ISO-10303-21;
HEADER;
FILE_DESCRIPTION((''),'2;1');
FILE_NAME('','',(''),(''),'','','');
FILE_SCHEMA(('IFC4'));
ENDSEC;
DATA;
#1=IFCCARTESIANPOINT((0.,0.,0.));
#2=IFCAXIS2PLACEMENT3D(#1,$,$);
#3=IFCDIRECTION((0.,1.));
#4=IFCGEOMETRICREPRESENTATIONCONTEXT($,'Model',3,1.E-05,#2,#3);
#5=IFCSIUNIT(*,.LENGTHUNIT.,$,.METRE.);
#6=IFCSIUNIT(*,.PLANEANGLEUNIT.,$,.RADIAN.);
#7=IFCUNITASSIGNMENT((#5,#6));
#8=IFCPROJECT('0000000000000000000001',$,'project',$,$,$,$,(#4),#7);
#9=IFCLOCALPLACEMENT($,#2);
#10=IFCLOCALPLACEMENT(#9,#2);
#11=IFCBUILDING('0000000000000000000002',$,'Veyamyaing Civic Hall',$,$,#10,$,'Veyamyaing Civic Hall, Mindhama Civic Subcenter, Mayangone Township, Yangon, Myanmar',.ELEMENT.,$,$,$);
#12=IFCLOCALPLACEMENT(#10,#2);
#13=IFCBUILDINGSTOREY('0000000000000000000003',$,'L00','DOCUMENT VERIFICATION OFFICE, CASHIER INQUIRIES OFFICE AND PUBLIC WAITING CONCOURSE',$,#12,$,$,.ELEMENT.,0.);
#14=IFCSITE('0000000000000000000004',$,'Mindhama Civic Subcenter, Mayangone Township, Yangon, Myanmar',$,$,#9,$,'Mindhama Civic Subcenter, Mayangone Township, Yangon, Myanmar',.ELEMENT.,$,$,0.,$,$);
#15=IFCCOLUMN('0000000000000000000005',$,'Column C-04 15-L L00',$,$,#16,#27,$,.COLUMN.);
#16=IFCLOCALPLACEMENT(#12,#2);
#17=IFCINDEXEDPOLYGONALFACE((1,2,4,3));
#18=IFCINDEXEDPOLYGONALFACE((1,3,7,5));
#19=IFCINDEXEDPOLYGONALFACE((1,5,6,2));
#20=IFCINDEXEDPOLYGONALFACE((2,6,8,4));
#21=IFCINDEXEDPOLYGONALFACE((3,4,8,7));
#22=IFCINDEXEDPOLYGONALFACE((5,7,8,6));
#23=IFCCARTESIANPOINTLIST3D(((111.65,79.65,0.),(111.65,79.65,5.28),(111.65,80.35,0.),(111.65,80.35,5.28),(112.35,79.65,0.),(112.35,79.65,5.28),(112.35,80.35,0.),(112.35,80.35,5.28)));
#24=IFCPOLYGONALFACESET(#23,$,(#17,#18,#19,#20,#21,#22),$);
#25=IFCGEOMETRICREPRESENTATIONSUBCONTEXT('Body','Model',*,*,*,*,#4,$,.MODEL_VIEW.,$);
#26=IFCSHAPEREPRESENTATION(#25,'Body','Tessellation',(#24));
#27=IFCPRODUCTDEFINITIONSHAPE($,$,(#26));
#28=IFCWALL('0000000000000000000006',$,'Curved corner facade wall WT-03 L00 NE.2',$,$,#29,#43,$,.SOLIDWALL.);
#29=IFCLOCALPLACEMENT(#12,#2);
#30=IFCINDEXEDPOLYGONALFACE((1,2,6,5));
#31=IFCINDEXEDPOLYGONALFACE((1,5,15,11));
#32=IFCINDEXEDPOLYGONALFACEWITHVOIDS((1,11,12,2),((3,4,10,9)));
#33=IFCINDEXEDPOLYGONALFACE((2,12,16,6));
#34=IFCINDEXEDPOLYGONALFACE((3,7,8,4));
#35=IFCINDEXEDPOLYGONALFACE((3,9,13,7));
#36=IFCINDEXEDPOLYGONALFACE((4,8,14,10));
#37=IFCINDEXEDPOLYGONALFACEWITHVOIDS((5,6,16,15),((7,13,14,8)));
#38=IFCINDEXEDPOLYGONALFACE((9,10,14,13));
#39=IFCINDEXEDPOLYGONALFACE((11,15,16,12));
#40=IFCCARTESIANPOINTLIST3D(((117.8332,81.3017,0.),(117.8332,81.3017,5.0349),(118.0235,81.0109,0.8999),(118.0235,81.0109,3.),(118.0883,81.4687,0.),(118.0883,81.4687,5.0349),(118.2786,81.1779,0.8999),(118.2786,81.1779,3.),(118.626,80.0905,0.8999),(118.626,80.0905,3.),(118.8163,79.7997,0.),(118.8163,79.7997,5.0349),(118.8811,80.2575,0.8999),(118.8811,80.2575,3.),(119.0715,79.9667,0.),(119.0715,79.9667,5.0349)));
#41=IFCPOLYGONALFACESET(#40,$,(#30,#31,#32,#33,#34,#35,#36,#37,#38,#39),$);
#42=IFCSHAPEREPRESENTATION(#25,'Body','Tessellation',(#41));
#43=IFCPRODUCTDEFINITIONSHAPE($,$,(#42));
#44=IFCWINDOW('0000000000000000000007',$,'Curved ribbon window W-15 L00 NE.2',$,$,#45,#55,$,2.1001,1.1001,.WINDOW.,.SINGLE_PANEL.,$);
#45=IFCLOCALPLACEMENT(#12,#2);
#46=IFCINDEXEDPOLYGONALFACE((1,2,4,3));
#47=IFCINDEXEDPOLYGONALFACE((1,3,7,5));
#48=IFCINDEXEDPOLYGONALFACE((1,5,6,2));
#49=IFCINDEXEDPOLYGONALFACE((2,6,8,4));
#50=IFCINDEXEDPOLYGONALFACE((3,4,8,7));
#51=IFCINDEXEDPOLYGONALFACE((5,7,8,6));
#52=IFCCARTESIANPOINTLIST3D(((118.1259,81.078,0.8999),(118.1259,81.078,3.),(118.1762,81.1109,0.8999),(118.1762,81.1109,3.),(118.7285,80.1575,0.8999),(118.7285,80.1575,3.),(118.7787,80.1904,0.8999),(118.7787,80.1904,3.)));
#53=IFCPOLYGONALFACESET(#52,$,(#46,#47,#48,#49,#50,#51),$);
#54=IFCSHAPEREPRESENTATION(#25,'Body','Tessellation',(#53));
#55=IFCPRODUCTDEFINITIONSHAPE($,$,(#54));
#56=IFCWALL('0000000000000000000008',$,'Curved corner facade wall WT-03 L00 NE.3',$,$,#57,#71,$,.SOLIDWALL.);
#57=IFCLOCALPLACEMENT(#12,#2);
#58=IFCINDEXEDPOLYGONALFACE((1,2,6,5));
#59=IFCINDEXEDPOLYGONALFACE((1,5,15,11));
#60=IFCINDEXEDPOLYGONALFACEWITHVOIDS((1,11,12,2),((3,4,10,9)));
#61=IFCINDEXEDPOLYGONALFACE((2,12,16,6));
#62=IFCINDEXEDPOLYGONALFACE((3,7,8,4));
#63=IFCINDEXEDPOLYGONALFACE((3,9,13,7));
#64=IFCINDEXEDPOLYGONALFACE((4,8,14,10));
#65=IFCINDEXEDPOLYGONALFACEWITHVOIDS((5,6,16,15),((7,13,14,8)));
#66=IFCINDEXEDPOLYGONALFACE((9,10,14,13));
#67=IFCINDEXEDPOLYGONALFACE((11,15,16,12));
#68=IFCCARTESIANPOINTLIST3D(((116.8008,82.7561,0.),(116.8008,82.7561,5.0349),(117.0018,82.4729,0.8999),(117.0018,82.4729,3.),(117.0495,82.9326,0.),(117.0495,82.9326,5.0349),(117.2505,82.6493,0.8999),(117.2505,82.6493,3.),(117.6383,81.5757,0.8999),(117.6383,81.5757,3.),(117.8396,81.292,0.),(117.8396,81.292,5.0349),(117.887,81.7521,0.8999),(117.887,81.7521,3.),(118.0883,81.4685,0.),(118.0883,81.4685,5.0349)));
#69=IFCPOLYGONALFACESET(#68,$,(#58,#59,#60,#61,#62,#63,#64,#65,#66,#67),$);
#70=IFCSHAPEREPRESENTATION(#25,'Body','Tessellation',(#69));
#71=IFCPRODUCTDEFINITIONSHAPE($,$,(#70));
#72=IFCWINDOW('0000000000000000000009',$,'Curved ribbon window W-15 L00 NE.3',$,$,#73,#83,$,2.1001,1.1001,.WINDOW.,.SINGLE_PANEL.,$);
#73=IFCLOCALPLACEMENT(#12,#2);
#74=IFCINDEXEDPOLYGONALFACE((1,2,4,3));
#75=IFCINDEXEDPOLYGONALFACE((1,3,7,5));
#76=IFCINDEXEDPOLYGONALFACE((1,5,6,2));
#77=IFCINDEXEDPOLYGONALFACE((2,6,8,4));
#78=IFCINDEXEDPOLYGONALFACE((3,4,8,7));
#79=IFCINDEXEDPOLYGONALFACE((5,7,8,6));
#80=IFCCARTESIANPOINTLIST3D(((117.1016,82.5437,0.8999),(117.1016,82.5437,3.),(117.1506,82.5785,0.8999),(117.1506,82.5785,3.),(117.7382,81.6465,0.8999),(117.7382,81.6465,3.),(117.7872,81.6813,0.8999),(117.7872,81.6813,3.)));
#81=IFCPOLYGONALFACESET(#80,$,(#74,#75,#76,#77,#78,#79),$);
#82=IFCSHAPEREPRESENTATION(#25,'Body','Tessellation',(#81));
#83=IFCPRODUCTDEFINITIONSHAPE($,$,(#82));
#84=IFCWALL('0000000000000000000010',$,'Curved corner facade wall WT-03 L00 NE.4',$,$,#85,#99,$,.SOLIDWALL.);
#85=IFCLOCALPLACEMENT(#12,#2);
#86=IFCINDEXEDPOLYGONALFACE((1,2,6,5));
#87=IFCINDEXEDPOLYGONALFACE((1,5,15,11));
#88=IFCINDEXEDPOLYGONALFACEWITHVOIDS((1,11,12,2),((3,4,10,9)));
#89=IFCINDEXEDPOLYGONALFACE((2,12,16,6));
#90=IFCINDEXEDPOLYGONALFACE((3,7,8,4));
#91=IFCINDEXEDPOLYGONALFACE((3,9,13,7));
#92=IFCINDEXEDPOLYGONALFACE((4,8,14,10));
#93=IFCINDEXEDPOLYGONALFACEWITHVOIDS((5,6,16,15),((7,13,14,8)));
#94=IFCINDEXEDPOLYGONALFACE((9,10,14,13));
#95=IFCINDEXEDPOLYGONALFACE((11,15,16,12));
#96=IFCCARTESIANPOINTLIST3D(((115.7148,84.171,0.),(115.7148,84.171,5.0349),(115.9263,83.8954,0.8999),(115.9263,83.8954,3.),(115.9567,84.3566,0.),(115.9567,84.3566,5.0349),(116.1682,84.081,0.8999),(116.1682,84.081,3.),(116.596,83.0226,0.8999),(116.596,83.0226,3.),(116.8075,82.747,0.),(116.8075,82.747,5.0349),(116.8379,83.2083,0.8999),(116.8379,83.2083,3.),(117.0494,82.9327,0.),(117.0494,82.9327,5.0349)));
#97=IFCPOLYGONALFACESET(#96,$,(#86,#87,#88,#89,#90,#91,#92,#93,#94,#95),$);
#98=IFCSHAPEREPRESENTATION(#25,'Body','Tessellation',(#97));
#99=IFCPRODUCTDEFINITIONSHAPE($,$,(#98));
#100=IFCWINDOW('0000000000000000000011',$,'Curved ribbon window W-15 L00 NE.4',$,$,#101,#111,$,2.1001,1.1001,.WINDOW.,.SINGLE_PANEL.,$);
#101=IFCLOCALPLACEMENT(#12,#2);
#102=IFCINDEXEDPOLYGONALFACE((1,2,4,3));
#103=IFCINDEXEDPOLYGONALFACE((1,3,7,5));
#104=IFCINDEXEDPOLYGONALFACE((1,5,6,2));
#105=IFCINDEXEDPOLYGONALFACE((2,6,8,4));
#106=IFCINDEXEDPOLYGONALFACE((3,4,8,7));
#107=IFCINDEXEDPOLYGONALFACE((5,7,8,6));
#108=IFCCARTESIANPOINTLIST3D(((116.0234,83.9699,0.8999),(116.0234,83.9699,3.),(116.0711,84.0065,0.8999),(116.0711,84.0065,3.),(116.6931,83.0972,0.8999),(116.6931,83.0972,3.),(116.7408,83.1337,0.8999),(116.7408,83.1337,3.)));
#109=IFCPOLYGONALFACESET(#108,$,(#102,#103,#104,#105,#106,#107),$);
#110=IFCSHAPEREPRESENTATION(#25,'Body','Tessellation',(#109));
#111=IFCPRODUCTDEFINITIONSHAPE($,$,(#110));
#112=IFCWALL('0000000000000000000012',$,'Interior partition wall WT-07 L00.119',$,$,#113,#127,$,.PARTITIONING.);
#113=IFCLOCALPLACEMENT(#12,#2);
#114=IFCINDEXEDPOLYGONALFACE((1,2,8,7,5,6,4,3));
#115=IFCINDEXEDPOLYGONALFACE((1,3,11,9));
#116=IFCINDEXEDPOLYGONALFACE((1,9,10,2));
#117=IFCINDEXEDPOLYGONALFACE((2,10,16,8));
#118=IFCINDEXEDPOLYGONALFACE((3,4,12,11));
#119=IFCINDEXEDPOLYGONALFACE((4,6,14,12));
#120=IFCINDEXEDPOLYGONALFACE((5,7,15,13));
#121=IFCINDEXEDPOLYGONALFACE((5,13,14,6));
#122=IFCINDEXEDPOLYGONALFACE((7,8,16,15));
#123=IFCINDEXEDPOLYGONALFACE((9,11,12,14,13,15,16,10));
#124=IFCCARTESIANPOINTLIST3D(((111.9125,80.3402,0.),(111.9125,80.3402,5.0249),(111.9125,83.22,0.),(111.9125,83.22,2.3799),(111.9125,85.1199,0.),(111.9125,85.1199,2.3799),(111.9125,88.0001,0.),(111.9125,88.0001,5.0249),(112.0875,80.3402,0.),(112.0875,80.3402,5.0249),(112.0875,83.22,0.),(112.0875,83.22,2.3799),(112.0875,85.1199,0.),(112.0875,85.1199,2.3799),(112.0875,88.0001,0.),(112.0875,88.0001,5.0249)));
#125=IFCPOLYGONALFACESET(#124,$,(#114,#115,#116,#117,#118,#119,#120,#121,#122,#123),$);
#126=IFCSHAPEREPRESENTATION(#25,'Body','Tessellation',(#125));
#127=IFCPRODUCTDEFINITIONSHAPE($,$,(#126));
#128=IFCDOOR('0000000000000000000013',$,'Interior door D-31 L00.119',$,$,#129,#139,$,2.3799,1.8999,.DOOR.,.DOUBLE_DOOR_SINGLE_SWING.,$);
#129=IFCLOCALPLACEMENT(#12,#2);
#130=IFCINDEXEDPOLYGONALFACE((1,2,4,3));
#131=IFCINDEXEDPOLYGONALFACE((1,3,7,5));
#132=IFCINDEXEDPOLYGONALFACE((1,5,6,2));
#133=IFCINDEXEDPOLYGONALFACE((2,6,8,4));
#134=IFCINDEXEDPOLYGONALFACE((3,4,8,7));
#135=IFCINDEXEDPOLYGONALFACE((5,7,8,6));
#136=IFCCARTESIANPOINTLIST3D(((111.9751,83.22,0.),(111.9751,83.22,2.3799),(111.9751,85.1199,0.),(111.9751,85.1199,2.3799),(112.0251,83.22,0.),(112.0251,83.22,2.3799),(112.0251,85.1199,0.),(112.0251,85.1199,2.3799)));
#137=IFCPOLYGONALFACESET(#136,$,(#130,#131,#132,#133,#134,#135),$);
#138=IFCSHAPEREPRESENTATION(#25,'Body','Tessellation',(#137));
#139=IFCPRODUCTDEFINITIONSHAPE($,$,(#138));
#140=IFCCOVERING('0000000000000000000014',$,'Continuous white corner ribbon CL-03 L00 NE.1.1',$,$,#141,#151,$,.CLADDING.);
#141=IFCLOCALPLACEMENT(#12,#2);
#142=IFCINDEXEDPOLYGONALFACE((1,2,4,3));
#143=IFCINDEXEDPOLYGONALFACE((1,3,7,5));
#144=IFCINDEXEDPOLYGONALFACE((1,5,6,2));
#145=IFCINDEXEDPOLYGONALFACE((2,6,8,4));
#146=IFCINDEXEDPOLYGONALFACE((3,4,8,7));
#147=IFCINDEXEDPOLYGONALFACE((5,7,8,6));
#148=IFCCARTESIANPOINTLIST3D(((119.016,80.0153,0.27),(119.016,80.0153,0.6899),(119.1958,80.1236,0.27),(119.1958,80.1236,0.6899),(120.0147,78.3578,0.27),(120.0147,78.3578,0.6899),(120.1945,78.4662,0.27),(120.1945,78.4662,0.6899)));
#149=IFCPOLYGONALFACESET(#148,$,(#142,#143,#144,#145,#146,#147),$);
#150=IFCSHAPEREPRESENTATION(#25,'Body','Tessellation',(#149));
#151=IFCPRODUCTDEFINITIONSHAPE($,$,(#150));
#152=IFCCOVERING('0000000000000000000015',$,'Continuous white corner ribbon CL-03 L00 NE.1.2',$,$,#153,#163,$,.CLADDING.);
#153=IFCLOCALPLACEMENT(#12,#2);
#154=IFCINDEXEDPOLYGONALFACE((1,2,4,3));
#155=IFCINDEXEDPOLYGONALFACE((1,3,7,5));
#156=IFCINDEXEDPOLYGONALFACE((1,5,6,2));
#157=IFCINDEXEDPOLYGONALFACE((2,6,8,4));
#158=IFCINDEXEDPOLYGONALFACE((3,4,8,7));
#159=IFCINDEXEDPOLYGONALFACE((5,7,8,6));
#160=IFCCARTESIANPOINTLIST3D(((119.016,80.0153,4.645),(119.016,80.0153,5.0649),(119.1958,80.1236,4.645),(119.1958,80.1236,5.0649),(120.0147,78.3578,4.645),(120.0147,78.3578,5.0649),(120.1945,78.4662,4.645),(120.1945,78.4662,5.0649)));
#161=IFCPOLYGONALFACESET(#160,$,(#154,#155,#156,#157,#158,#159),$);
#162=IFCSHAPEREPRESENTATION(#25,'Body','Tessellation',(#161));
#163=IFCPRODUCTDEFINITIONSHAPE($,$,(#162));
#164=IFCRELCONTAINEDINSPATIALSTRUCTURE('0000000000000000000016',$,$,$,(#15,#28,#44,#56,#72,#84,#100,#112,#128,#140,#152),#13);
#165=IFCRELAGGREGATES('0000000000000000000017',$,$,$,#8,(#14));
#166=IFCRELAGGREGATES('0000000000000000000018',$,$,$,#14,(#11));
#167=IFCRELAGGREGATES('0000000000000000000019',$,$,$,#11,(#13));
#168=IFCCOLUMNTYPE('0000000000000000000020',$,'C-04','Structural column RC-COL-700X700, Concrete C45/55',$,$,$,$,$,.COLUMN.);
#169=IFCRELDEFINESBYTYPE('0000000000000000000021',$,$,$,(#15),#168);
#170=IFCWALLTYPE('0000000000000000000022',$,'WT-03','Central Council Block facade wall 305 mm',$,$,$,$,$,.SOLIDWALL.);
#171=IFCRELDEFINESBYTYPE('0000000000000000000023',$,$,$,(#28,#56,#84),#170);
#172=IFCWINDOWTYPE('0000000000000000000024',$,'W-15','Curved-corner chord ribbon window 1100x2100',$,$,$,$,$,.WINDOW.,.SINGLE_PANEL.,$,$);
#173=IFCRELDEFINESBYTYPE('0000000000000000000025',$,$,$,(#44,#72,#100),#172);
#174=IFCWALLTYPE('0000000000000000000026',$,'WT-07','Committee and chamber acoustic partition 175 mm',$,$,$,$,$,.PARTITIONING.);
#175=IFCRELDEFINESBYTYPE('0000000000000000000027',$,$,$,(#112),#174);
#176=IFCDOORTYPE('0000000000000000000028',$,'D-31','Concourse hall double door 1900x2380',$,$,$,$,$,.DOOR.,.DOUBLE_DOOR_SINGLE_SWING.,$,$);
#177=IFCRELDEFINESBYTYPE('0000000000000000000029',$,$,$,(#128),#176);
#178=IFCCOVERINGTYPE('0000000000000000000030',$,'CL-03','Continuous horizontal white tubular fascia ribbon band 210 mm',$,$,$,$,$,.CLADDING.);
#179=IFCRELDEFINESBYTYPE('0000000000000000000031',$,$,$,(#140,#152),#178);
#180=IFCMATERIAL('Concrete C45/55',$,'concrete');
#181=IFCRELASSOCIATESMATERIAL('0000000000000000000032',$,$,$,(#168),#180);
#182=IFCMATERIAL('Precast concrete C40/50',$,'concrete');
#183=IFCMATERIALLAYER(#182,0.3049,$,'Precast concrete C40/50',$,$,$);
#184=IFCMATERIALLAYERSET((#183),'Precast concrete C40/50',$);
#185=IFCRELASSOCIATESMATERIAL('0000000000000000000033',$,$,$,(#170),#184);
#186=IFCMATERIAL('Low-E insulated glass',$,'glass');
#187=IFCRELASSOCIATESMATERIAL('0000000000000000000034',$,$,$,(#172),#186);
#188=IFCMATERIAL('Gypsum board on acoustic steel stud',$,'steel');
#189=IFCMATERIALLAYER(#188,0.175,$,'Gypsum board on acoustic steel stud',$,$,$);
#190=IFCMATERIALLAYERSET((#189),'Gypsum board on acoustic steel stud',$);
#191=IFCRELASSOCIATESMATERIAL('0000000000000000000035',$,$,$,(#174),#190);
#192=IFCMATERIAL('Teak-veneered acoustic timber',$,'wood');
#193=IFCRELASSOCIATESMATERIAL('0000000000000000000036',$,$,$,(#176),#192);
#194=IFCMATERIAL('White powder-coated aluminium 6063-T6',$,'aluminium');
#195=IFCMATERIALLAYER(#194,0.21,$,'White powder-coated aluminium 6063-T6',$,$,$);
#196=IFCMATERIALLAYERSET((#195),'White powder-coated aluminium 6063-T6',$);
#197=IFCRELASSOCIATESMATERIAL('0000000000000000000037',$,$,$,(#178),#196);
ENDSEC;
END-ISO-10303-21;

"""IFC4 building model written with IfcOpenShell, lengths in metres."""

from ifc_helpers import new_model, si_unit, direction, frame, frame_2d, origin, origin_2d, place, context, subcontext, project, spatial, rectangle, extrude, material, layer, layer_set, material_profile, profile_set, type_object, element, fill, save


model = new_model("IFC4")

# Units and contexts
model_context = context("Model", 3, precision=1e-05, world=origin(), true_north=direction((0.0, 1.0)))
body_context = subcontext(model_context, "Body", "Model", "MODEL_VIEW")
ifc_project = project(units=[si_unit("LENGTHUNIT", "METRE"), si_unit("PLANEANGLEUNIT", "RADIAN")], contexts=[model_context])

# Site, building, storey
site_placement = place(None, origin())
site = spatial("IfcSite", under=ifc_project, at=site_placement, Name="Mindhama Civic Subcenter, Mayangone Township, Yangon, Myanmar", LongName="Mindhama Civic Subcenter, Mayangone Township, Yangon, Myanmar", CompositionType="ELEMENT", RefElevation=0.0)
building_placement = place(site_placement, origin())
building = spatial("IfcBuilding", under=site, at=building_placement, Name="Veyamyaing Civic Hall", LongName="Veyamyaing Civic Hall, Mindhama Civic Subcenter, Mayangone Township, Yangon, Myanmar", CompositionType="ELEMENT")
storey_placement = place(building_placement, origin())
storey = spatial("IfcBuildingStorey", under=building, at=storey_placement, Name="L00", Description="DOCUMENT VERIFICATION OFFICE, CASHIER INQUIRIES OFFICE AND PUBLIC WAITING CONCOURSE", CompositionType="ELEMENT", Elevation=0.0)

# Column
ifc_material_1 = material(Name="Concrete C45/55", Category="concrete")
ifc_material_profile_1 = material_profile(ifc_material_1, rectangle(XDim=0.7, YDim=0.7, at=origin_2d()), Name="RC-COL-700X700")
ifc_profile_set_1 = profile_set([ifc_material_profile_1], Name="Concrete C45/55")
column_type = type_object("IfcColumnType", Name="C-04", Description="Structural column RC-COL-700X700, Concrete C45/55", PredefinedType="COLUMN", material=ifc_profile_set_1)
column_placement = place(storey_placement, frame((112.0, 80.0, 0.0), z_axis=(0.0, 0.0, 1.0), x_axis=(1.0, 0.0, 0.0)))
element("IfcColumn", 1, at=column_placement, inside=storey, type_object=column_type, Name="Column C-04 15-L L00", PredefinedType="COLUMN", context=body_context, shape_type="SweptSolid", body=[
    extrude(rectangle(XDim=0.7, YDim=0.7, at=origin_2d()), origin(), (0.0, 0.0, 1.0), 5.28),
])

# Walls, openings, windows
ifc_material_2 = material(Name="Precast concrete C40/50", Category="concrete")
ifc_layer_1 = layer(ifc_material_2, 0.3049, Name="Precast concrete C40/50")
ifc_layer_set_1 = layer_set([ifc_layer_1], Name="Precast concrete C40/50")
wall_type_1 = type_object("IfcWallType", Name="WT-03", Description="Central Council Block facade wall 305 mm", PredefinedType="SOLIDWALL", material=ifc_layer_set_1)
wall_1_placement = place(storey_placement, frame((118.9438, 79.8833, 0.0), z_axis=(0.0, 0.0, 1.0), x_axis=(-0.547682, 0.836687, 0.0)))
wall_1 = element("IfcWall", 2, at=wall_1_placement, inside=storey, type_object=wall_type_1, Name="Curved corner facade wall WT-03 L00 NE.2", PredefinedType="SOLIDWALL", context=body_context, shape_type="SweptSolid", body=[
    extrude(rectangle(XDim=1.7952, YDim=0.3049, at=frame_2d((0.8975, 0.0))), origin(), (0.0, 0.0, 1.0), 5.0349),
])
opening_1_placement = place(wall_1_placement, frame((0.3474, 0.0, 0.8999)))
opening_1 = element("IfcOpeningElement", 3, at=opening_1_placement, cuts=wall_1, PredefinedType="OPENING", context=body_context, shape_type="SweptSolid", body=[
    extrude(rectangle(XDim=1.1001, YDim=2.1001, at=frame_2d((0.55, 1.05))), frame((0.0, 0.1624, 0.0), z_axis=(0.0, -1.0, 0.0), x_axis=(1.0, 0.0, 0.0)), (0.0, 0.0, 1.0), 0.325),
])
ifc_material_3 = material(Name="Low-E insulated glass", Category="glass")
window_type = type_object("IfcWindowType", Name="W-15", Description="Curved-corner chord ribbon window 1100x2100", PartitioningType="SINGLE_PANEL", PredefinedType="WINDOW", material=ifc_material_3)
window_1_placement = place(opening_1_placement, origin())
window_1 = element("IfcWindow", 4, at=window_1_placement, inside=storey, type_object=window_type, Name="Curved ribbon window W-15 L00 NE.2", OverallHeight=2.1001, OverallWidth=1.1001, PartitioningType="SINGLE_PANEL", PredefinedType="WINDOW", context=body_context, shape_type="SweptSolid", body=[
    extrude(rectangle(XDim=1.1001, YDim=2.1001, at=frame_2d((0.55, 1.05))), frame((0.0, 0.03, 0.0), z_axis=(0.0, -1.0, 0.0), x_axis=(1.0, 0.0, 0.0)), (0.0, 0.0, 1.0), 0.0601),
])
fill(opening_1, window_1)
wall_2_placement = place(storey_placement, frame((117.9639, 81.3804, 0.0), z_axis=(0.0, 0.0, 1.0), x_axis=(-0.578662, 0.815567, 0.0)))
wall_2 = element("IfcWall", 5, at=wall_2_placement, inside=storey, type_object=wall_type_1, Name="Curved corner facade wall WT-03 L00 NE.3", PredefinedType="SOLIDWALL", context=body_context, shape_type="SweptSolid", body=[
    extrude(rectangle(XDim=1.7952, YDim=0.3049, at=frame_2d((0.8975, 0.0))), origin(), (0.0, 0.0, 1.0), 5.0349),
])
opening_2_placement = place(wall_2_placement, frame((0.3477, 0.0, 0.8999)))
opening_2 = element("IfcOpeningElement", 6, at=opening_2_placement, cuts=wall_2, PredefinedType="OPENING", context=body_context, shape_type="SweptSolid", body=[
    extrude(rectangle(XDim=1.1001, YDim=2.1001, at=frame_2d((0.55, 1.05))), frame((0.0, 0.1624, 0.0), z_axis=(0.0, -1.0, 0.0), x_axis=(1.0, 0.0, 0.0)), (0.0, 0.0, 1.0), 0.325),
])
window_2_placement = place(opening_2_placement, origin())
window_2 = element("IfcWindow", 7, at=window_2_placement, inside=storey, type_object=window_type, Name="Curved ribbon window W-15 L00 NE.3", OverallHeight=2.1001, OverallWidth=1.1001, PartitioningType="SINGLE_PANEL", PredefinedType="WINDOW", context=body_context, shape_type="SweptSolid", body=[
    extrude(rectangle(XDim=1.1001, YDim=2.1001, at=frame_2d((0.55, 1.05))), frame((0.0, 0.03, 0.0), z_axis=(0.0, -1.0, 0.0), x_axis=(1.0, 0.0, 0.0)), (0.0, 0.0, 1.0), 0.0601),
])
fill(opening_2, window_2)
wall_3_placement = place(storey_placement, frame((116.9285, 82.8398, 0.0), z_axis=(0.0, 0.0, 1.0), x_axis=(-0.608777, 0.793341, 0.0)))
wall_3 = element("IfcWall", 8, at=wall_3_placement, inside=storey, type_object=wall_type_1, Name="Curved corner facade wall WT-03 L00 NE.4", PredefinedType="SOLIDWALL", context=body_context, shape_type="SweptSolid", body=[
    extrude(rectangle(XDim=1.7949, YDim=0.3049, at=frame_2d((0.8975, 0.0))), origin(), (0.0, 0.0, 1.0), 5.0349),
])
opening_3_placement = place(wall_3_placement, frame((0.3474, 0.0, 0.8999)))
opening_3 = element("IfcOpeningElement", 9, at=opening_3_placement, cuts=wall_3, PredefinedType="OPENING", context=body_context, shape_type="SweptSolid", body=[
    extrude(rectangle(XDim=1.1001, YDim=2.1001, at=frame_2d((0.55, 1.05))), frame((0.0, 0.1624, 0.0), z_axis=(0.0, -1.0, 0.0), x_axis=(1.0, 0.0, 0.0)), (0.0, 0.0, 1.0), 0.325),
])
window_3_placement = place(opening_3_placement, origin())
window_3 = element("IfcWindow", 10, at=window_3_placement, inside=storey, type_object=window_type, Name="Curved ribbon window W-15 L00 NE.4", OverallHeight=2.1001, OverallWidth=1.1001, PartitioningType="SINGLE_PANEL", PredefinedType="WINDOW", context=body_context, shape_type="SweptSolid", body=[
    extrude(rectangle(XDim=1.1001, YDim=2.1001, at=frame_2d((0.55, 1.05))), frame((0.0, 0.03, 0.0), z_axis=(0.0, -1.0, 0.0), x_axis=(1.0, 0.0, 0.0)), (0.0, 0.0, 1.0), 0.0601),
])
fill(opening_3, window_3)

# Wall, opening, door
ifc_material_4 = material(Name="Gypsum board on acoustic steel stud", Category="steel")
ifc_layer_2 = layer(ifc_material_4, 0.175, Name="Gypsum board on acoustic steel stud")
ifc_layer_set_2 = layer_set([ifc_layer_2], Name="Gypsum board on acoustic steel stud")
wall_type_2 = type_object("IfcWallType", Name="WT-07", Description="Committee and chamber acoustic partition 175 mm", PredefinedType="PARTITIONING", material=ifc_layer_set_2)
wall_4_placement = place(storey_placement, frame((112.0, 80.3401, 0.0), z_axis=(0.0, 0.0, 1.0), x_axis=(0.0, 1.0, 0.0)))
wall_4 = element("IfcWall", 11, at=wall_4_placement, inside=storey, type_object=wall_type_2, Name="Interior partition wall WT-07 L00.119", PredefinedType="PARTITIONING", context=body_context, shape_type="SweptSolid", body=[
    extrude(rectangle(XDim=7.6599, YDim=0.175, at=frame_2d((3.8301, 0.0))), origin(), (0.0, 0.0, 1.0), 5.0249),
])
opening_4_placement = place(wall_4_placement, frame((2.8799, 0.0, 0.0)))
opening_4 = element("IfcOpeningElement", 12, at=opening_4_placement, cuts=wall_4, PredefinedType="OPENING", context=body_context, shape_type="SweptSolid", body=[
    extrude(rectangle(XDim=1.8999, YDim=2.3799, at=frame_2d((0.95, 1.1899))), frame((0.0, 0.0974, 0.0), z_axis=(0.0, -1.0, 0.0), x_axis=(1.0, 0.0, 0.0)), (0.0, 0.0, 1.0), 0.1951),
])
ifc_material_5 = material(Name="Teak-veneered acoustic timber", Category="wood")
door_type = type_object("IfcDoorType", Name="D-31", Description="Concourse hall double door 1900x2380", OperationType="DOUBLE_DOOR_SINGLE_SWING", PredefinedType="DOOR", material=ifc_material_5)
door_placement = place(opening_4_placement, origin())
door = element("IfcDoor", 13, at=door_placement, inside=storey, type_object=door_type, Name="Interior door D-31 L00.119", OperationType="DOUBLE_DOOR_SINGLE_SWING", OverallHeight=2.3799, OverallWidth=1.8999, PredefinedType="DOOR", context=body_context, shape_type="SweptSolid", body=[
    extrude(rectangle(XDim=1.8999, YDim=2.3799, at=frame_2d((0.95, 1.1899))), frame((0.0, 0.0249, 0.0), z_axis=(0.0, -1.0, 0.0), x_axis=(1.0, 0.0, 0.0)), (0.0, 0.0, 1.0), 0.05),
])
fill(opening_4, door)

# Coverings
ifc_material_6 = material(Name="White powder-coated aluminium 6063-T6", Category="aluminium")
ifc_layer_3 = layer(ifc_material_6, 0.21, Name="White powder-coated aluminium 6063-T6")
ifc_layer_set_3 = layer_set([ifc_layer_3], Name="White powder-coated aluminium 6063-T6")
covering_type = type_object("IfcCoveringType", Name="CL-03", Description="Continuous horizontal white tubular fascia ribbon band 210 mm", PredefinedType="CLADDING", material=ifc_layer_set_3)
for number, where, z_axis, x_axis, name in (
    (14, (119.6052, 79.2407, 0.27), (0.0, 0.0, 1.0), (-0.516107, 0.856524, 0.0), "Continuous white corner ribbon CL-03 L00 NE.1.1"),
    (15, (119.6052, 79.2407, 4.645), (0.0, 0.0, 1.0), (-0.516107, 0.856524, 0.0), "Continuous white corner ribbon CL-03 L00 NE.1.2"),
):
    element("IfcCovering", number, at=place(storey_placement, frame(where, z_axis=z_axis, x_axis=x_axis)), inside=storey, type_object=covering_type, Name=name, PredefinedType="CLADDING", context=body_context, shape_type="SweptSolid", body=[
        extrude(rectangle(XDim=1.9351, YDim=0.21, at=origin_2d()), origin(), (0.0, 0.0, 1.0), 0.4199),
    ])

save(model, "model.ifc")
